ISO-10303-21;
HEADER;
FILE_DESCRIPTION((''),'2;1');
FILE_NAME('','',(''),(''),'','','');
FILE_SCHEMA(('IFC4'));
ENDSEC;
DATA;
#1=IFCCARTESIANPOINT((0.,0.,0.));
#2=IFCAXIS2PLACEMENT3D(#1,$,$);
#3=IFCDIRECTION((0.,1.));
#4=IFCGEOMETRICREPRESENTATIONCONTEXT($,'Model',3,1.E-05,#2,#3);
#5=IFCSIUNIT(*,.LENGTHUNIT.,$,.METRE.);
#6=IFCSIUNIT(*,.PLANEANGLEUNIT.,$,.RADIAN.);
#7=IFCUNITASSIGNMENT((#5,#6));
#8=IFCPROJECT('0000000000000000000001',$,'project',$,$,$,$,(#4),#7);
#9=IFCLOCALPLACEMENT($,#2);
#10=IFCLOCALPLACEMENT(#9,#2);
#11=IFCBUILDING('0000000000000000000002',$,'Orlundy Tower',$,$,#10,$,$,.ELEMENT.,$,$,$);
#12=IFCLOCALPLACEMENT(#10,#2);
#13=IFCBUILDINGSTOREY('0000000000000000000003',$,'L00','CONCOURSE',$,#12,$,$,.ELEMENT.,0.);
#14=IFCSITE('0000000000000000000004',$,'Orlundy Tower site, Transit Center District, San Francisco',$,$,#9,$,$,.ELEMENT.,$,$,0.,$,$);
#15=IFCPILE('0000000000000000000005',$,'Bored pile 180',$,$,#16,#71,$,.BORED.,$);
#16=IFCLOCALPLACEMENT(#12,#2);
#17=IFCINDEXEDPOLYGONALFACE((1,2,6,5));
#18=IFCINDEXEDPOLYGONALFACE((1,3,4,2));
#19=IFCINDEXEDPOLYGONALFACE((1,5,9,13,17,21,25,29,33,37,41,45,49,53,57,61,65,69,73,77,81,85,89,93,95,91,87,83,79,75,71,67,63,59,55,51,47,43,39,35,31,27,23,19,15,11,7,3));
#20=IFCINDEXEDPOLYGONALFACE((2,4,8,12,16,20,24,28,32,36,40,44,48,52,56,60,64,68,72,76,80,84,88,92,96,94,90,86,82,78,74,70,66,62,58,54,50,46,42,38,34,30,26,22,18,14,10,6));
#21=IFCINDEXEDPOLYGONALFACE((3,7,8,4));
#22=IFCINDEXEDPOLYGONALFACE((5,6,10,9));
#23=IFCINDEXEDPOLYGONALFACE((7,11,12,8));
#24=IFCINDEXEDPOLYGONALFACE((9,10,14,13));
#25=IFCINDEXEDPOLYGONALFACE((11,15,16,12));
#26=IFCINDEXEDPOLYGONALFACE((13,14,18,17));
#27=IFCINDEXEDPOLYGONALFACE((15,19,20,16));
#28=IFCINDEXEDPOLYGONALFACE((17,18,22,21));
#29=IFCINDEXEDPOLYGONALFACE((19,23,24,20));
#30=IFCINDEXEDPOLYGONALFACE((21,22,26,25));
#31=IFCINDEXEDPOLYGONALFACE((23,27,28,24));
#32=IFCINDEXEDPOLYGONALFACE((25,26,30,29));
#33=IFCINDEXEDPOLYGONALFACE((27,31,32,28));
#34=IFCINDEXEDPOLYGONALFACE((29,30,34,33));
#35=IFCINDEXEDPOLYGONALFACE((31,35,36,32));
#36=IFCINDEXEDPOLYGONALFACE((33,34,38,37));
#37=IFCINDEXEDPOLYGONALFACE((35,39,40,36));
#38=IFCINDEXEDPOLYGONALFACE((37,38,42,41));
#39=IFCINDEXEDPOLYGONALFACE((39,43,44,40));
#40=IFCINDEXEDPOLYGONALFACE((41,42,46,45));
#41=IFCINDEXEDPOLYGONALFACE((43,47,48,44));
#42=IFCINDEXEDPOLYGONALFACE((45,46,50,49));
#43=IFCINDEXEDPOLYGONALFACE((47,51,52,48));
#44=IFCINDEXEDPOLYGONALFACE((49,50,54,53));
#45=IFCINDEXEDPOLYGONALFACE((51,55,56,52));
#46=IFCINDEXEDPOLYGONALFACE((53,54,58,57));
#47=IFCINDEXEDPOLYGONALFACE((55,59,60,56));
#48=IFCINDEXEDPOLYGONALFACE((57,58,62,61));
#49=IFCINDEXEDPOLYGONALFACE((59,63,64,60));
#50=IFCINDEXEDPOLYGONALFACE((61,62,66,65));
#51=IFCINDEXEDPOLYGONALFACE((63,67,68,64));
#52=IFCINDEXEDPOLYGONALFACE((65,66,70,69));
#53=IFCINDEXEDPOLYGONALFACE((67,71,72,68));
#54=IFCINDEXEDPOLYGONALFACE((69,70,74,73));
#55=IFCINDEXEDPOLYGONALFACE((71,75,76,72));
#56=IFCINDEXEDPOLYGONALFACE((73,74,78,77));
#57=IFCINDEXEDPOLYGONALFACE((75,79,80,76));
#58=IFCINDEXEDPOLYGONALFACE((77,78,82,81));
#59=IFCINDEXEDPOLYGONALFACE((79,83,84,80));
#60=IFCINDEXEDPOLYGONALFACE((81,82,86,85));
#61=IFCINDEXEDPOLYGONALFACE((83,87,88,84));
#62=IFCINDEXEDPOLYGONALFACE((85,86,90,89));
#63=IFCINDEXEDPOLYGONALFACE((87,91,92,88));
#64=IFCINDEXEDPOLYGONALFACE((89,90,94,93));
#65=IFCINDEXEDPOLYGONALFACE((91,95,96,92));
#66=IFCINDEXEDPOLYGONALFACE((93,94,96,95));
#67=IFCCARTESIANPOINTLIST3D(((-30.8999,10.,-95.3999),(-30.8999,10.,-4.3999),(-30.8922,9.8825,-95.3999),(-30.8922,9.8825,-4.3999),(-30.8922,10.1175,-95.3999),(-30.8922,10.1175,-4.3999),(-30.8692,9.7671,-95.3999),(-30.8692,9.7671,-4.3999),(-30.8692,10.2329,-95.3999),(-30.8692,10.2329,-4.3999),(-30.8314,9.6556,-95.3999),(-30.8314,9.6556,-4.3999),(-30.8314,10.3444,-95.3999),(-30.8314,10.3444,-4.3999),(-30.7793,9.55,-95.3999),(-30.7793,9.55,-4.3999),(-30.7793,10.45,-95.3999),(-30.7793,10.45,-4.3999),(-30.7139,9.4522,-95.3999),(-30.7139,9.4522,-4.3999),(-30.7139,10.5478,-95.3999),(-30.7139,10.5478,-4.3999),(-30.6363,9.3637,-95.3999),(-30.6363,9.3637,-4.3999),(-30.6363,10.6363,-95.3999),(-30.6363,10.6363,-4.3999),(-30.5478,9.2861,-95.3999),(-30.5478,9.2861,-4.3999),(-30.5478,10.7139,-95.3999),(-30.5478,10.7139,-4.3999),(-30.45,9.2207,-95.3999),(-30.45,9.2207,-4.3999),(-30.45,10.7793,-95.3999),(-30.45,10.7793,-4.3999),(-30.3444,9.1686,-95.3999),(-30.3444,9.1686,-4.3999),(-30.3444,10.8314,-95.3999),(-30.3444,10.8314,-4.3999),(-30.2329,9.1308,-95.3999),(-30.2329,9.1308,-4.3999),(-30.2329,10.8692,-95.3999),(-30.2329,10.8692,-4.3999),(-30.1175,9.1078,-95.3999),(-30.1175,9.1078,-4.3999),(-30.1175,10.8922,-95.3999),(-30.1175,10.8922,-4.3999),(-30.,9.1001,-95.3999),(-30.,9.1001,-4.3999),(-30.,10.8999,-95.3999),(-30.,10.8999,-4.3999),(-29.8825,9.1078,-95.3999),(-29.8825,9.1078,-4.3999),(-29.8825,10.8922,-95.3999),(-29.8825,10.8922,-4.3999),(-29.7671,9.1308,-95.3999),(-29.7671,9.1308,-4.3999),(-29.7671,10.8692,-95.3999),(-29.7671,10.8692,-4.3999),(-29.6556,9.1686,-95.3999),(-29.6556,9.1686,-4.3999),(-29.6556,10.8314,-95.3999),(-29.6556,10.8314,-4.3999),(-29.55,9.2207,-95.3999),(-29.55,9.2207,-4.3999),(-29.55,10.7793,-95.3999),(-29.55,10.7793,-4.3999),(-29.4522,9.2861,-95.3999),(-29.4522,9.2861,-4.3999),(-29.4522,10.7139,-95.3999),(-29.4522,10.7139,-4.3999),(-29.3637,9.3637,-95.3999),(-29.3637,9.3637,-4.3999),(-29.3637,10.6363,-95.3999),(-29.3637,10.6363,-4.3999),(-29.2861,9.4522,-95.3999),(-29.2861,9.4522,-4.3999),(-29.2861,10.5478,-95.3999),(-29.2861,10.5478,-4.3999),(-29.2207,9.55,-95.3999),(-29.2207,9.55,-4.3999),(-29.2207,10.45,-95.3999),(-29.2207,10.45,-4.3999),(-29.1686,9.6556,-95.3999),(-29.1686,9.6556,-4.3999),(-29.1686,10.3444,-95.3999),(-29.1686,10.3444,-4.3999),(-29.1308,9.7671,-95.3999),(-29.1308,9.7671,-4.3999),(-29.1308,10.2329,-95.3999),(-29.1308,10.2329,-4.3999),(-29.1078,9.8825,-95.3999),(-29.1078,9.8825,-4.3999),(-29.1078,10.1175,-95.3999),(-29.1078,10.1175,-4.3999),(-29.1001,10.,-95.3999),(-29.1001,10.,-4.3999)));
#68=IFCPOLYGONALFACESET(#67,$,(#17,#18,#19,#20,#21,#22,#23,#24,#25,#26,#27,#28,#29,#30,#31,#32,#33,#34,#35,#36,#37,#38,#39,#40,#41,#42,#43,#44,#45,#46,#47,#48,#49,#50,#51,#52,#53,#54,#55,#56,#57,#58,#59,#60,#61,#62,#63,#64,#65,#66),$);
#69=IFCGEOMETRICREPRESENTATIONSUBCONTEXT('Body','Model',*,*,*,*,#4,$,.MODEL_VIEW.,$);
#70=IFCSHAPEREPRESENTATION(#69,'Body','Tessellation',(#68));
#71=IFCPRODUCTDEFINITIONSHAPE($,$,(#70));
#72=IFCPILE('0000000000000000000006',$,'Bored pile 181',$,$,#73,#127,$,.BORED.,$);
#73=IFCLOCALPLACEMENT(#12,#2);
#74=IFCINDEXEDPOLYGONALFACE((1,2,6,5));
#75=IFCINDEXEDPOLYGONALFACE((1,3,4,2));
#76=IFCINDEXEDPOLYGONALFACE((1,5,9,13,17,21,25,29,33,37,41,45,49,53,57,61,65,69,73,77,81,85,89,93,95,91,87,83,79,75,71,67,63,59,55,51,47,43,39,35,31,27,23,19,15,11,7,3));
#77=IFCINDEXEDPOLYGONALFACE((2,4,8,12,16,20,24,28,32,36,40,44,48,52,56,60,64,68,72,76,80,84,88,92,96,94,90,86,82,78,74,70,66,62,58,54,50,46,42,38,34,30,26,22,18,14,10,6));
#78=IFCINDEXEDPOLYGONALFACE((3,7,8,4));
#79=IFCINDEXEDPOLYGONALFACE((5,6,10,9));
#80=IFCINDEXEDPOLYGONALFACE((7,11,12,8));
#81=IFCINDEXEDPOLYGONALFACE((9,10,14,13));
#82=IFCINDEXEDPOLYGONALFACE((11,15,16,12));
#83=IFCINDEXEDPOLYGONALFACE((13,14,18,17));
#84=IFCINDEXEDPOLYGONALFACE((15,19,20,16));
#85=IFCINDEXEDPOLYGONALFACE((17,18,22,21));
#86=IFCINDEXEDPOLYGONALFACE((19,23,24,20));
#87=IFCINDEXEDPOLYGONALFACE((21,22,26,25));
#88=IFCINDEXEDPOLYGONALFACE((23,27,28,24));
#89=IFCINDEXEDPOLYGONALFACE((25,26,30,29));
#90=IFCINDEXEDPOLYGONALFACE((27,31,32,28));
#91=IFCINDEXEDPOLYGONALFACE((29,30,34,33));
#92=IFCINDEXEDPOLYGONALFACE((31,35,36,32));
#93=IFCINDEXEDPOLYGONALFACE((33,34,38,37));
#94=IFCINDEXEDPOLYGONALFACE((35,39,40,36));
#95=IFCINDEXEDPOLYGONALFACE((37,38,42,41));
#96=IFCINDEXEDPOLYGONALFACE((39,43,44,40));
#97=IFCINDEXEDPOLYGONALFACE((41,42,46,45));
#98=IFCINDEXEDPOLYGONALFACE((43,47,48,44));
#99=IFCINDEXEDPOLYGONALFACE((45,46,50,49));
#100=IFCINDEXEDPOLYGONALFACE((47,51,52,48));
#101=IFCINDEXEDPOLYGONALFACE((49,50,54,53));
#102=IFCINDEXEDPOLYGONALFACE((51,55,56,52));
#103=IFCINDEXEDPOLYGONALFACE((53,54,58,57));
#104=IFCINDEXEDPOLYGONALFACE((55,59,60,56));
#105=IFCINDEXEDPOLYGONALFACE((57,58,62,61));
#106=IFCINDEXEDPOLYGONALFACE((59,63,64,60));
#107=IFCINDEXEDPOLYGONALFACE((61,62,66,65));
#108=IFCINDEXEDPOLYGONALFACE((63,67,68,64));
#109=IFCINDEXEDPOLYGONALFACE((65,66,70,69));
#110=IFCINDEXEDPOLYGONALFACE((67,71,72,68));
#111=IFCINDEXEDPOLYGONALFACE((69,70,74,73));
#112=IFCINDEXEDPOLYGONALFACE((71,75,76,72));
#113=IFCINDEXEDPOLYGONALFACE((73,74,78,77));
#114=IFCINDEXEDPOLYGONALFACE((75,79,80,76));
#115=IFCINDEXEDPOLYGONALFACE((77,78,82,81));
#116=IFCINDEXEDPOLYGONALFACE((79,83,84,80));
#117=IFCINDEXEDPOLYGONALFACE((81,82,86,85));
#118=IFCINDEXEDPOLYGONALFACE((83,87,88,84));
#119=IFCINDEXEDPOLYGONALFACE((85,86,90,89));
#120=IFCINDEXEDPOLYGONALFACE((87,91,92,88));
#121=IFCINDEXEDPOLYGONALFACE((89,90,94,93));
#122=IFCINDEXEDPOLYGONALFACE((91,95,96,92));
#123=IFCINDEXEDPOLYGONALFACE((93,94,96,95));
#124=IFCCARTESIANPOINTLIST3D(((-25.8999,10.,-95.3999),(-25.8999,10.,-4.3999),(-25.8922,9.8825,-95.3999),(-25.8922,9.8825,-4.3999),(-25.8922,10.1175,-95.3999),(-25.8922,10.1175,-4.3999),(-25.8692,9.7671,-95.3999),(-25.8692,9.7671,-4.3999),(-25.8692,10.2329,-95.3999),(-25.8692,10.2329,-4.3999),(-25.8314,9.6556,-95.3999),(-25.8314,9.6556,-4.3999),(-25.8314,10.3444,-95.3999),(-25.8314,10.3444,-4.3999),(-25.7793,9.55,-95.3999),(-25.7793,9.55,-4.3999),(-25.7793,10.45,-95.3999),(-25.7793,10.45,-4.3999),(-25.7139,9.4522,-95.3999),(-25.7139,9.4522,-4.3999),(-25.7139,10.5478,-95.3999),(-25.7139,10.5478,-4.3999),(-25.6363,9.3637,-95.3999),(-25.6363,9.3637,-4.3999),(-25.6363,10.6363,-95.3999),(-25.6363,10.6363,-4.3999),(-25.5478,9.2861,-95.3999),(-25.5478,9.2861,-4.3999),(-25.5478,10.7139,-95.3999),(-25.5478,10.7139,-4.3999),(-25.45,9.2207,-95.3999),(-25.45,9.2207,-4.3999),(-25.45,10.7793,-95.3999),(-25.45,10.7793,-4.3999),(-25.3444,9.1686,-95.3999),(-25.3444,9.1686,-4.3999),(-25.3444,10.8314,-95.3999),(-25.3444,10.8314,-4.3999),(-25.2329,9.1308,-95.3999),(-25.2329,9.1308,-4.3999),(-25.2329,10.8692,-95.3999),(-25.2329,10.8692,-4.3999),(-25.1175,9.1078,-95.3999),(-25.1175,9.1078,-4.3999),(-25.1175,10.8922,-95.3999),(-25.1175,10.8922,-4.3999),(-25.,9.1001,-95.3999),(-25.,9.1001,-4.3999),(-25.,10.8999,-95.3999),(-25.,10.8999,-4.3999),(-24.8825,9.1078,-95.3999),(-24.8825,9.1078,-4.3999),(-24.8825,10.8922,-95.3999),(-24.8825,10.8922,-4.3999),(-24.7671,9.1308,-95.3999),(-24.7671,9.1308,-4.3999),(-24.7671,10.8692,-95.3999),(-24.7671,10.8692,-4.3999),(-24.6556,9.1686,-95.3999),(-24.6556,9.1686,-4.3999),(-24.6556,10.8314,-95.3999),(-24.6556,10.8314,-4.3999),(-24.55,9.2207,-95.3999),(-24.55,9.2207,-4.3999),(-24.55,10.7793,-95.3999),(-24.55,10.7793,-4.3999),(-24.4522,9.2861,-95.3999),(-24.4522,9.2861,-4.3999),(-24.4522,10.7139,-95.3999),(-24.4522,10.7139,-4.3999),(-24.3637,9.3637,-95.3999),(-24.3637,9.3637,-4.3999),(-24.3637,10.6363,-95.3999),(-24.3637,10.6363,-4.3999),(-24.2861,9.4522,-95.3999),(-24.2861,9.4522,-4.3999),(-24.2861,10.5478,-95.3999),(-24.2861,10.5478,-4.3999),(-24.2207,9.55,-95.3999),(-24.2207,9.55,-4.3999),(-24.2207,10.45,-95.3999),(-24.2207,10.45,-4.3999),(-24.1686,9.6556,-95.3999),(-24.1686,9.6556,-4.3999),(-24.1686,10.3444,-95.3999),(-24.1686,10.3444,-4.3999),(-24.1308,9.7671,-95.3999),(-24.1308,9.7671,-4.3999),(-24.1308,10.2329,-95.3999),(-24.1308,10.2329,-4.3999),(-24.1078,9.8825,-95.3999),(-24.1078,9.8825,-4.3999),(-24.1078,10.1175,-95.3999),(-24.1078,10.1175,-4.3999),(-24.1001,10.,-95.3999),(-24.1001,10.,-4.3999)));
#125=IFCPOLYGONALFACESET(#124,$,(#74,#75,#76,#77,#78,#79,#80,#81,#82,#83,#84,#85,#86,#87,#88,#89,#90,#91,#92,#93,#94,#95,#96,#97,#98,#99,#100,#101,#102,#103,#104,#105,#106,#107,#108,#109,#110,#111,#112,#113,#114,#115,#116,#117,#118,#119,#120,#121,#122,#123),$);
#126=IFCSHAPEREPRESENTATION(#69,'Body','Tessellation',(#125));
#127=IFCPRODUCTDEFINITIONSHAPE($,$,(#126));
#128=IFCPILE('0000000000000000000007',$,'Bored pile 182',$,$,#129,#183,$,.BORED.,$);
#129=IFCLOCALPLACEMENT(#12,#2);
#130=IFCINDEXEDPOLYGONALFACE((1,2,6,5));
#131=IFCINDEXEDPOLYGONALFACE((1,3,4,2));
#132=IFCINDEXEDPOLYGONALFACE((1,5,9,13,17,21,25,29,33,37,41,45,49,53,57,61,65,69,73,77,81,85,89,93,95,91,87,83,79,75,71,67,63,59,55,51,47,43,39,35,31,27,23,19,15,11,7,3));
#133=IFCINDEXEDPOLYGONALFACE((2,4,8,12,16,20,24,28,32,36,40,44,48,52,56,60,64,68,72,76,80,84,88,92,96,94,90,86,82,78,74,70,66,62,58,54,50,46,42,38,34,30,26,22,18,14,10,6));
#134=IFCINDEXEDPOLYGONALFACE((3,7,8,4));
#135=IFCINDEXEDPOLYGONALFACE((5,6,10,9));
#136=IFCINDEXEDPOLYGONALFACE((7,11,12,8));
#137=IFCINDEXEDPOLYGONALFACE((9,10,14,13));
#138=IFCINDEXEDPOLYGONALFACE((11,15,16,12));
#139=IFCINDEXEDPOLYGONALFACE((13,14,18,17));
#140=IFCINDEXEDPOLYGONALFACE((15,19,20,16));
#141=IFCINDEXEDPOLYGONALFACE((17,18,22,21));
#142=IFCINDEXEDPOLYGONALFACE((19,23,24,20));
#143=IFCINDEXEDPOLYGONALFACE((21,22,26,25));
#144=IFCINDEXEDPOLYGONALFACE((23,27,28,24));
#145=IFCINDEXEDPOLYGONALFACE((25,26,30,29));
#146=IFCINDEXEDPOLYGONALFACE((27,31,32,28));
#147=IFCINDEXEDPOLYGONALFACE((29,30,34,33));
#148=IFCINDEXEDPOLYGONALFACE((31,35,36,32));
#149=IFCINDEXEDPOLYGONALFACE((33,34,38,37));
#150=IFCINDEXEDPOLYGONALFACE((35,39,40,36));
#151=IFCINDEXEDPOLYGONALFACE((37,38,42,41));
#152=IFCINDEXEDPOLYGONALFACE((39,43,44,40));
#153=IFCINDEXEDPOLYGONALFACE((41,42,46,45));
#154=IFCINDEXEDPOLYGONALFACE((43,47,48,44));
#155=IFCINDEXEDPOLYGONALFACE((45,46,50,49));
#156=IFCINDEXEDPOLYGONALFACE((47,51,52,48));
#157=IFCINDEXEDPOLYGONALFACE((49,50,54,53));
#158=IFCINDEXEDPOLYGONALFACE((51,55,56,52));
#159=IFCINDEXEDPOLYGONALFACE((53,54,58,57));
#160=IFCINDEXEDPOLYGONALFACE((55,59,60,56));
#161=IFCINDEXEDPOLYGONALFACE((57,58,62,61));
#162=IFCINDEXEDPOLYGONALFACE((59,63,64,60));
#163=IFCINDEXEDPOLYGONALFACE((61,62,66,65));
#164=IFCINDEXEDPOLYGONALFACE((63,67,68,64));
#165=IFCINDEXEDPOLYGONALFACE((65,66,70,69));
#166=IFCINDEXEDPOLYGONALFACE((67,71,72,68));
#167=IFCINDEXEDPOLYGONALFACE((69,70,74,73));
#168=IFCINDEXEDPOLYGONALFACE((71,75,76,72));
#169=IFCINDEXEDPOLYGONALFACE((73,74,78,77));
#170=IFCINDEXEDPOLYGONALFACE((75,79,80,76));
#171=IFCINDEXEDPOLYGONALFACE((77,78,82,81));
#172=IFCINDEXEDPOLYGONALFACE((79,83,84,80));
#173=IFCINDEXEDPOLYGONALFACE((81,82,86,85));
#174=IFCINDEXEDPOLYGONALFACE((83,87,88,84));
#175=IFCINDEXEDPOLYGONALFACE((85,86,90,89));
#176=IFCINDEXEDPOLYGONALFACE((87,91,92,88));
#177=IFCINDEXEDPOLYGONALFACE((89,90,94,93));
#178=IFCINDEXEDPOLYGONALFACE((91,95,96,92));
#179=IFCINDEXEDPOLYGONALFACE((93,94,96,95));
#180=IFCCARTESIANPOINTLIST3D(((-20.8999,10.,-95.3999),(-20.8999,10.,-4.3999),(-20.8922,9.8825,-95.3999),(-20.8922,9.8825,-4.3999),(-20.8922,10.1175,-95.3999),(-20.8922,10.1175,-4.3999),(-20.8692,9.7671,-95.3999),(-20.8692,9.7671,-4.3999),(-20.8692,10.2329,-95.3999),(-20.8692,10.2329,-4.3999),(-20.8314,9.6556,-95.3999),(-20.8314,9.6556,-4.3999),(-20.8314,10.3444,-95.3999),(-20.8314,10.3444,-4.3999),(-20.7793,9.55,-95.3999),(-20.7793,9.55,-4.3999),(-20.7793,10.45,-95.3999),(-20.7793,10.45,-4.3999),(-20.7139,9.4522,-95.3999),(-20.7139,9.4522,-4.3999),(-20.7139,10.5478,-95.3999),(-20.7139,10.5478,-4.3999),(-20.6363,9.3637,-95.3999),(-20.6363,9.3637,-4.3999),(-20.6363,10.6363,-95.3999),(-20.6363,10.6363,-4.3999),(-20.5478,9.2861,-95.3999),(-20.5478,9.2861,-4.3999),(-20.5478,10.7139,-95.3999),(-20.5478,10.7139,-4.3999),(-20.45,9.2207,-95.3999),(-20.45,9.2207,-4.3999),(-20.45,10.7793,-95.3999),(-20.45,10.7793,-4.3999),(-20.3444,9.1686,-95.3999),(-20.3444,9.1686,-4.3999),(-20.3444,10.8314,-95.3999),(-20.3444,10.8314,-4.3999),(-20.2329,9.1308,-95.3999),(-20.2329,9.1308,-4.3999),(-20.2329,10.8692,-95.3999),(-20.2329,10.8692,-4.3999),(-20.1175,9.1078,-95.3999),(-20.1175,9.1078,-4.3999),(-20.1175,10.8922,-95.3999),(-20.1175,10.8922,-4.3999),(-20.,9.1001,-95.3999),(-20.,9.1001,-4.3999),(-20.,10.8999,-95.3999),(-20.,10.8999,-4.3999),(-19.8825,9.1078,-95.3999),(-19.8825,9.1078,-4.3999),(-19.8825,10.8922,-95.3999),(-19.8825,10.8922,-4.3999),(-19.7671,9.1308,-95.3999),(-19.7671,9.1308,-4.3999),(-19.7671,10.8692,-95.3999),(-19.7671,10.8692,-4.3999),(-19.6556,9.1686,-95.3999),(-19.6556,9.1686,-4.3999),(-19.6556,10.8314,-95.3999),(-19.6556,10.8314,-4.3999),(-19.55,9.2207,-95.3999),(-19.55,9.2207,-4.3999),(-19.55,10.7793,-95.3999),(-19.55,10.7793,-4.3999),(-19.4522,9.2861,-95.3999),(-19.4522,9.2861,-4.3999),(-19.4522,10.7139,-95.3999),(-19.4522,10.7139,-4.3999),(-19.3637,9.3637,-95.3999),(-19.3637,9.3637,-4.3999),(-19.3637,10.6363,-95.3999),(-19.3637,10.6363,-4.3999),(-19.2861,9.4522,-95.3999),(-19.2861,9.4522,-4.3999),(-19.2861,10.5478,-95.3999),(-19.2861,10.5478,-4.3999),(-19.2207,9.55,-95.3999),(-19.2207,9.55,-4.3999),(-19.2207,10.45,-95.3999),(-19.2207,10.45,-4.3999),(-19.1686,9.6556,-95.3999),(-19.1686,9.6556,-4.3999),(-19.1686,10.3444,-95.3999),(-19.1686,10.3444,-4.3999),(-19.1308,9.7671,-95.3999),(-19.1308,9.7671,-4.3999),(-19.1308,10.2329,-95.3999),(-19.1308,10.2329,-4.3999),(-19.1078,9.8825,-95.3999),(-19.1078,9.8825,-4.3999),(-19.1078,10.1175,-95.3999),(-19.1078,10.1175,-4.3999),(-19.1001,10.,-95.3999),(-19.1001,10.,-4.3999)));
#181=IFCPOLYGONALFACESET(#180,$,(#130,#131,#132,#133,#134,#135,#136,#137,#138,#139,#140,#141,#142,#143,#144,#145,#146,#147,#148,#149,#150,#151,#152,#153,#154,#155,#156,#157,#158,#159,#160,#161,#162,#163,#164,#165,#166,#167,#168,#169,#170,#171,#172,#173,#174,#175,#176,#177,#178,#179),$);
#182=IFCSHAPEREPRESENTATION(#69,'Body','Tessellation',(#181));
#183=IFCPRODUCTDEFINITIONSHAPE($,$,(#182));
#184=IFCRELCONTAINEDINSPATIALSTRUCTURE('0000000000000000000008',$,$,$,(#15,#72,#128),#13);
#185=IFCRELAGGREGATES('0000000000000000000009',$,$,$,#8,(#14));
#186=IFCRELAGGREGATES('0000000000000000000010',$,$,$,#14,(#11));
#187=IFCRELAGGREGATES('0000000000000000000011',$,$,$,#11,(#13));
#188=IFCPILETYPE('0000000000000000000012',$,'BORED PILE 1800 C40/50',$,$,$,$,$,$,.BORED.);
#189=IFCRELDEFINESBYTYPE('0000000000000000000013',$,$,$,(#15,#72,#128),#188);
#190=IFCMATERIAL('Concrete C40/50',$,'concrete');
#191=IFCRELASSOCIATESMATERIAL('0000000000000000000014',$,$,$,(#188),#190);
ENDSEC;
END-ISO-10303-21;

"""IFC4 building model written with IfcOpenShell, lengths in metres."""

from ifc_helpers import new_model, si_unit, direction, frame, origin, origin_2d, place, context, subcontext, project, spatial, circle, extrude, material, material_profile, profile_set, type_object, element, save


model = new_model("IFC4")

# Units and contexts
model_context = context("Model", 3, precision=1e-05, world=origin(), true_north=direction((0.0, 1.0)))
body_context = subcontext(model_context, "Body", "Model", "MODEL_VIEW")
ifc_project = project(units=[si_unit("LENGTHUNIT", "METRE"), si_unit("PLANEANGLEUNIT", "RADIAN")], contexts=[model_context])

# Site, building, storey
site_placement = place(None, origin())
site = spatial("IfcSite", under=ifc_project, at=site_placement, Name="Orlundy Tower site, Transit Center District, San Francisco", CompositionType="ELEMENT", RefElevation=0.0)
building_placement = place(site_placement, origin())
building = spatial("IfcBuilding", under=site, at=building_placement, Name="Orlundy Tower", CompositionType="ELEMENT")
storey_placement = place(building_placement, origin())
storey = spatial("IfcBuildingStorey", under=building, at=storey_placement, Name="L00", Description="CONCOURSE", CompositionType="ELEMENT", Elevation=0.0)

# Piles
ifc_material_1 = material(Name="Concrete C40/50", Category="concrete")
ifc_material_profile_1 = material_profile(ifc_material_1, circle(Radius=0.8999, at=origin_2d()), Name="BP1800")
ifc_profile_set_1 = profile_set([ifc_material_profile_1], Name="Concrete C40/50")
pile_type = type_object("IfcPileType", Name="BORED PILE 1800 C40/50", PredefinedType="BORED", material=ifc_profile_set_1)
for number, where, z_axis, x_axis, name in (
    (1, (-30.0, 10.0, -4.3999), (0.0, 0.0, -1.0), (1.0, 0.0, 0.0), "Bored pile 180"),
    (2, (-25.0, 10.0, -4.3999), (0.0, 0.0, -1.0), (1.0, 0.0, 0.0), "Bored pile 181"),
    (3, (-20.0, 10.0, -4.3999), (0.0, 0.0, -1.0), (1.0, 0.0, 0.0), "Bored pile 182"),
):
    element("IfcPile", number, at=place(storey_placement, frame(where, z_axis=z_axis, x_axis=x_axis)), inside=storey, type_object=pile_type, Name=name, PredefinedType="BORED", context=body_context, shape_type="SweptSolid", body=[
        extrude(circle(Radius=0.8999, at=origin_2d()), origin(), (0.0, 0.0, 1.0), 91.0),
    ])

save(model, "model.ifc")
